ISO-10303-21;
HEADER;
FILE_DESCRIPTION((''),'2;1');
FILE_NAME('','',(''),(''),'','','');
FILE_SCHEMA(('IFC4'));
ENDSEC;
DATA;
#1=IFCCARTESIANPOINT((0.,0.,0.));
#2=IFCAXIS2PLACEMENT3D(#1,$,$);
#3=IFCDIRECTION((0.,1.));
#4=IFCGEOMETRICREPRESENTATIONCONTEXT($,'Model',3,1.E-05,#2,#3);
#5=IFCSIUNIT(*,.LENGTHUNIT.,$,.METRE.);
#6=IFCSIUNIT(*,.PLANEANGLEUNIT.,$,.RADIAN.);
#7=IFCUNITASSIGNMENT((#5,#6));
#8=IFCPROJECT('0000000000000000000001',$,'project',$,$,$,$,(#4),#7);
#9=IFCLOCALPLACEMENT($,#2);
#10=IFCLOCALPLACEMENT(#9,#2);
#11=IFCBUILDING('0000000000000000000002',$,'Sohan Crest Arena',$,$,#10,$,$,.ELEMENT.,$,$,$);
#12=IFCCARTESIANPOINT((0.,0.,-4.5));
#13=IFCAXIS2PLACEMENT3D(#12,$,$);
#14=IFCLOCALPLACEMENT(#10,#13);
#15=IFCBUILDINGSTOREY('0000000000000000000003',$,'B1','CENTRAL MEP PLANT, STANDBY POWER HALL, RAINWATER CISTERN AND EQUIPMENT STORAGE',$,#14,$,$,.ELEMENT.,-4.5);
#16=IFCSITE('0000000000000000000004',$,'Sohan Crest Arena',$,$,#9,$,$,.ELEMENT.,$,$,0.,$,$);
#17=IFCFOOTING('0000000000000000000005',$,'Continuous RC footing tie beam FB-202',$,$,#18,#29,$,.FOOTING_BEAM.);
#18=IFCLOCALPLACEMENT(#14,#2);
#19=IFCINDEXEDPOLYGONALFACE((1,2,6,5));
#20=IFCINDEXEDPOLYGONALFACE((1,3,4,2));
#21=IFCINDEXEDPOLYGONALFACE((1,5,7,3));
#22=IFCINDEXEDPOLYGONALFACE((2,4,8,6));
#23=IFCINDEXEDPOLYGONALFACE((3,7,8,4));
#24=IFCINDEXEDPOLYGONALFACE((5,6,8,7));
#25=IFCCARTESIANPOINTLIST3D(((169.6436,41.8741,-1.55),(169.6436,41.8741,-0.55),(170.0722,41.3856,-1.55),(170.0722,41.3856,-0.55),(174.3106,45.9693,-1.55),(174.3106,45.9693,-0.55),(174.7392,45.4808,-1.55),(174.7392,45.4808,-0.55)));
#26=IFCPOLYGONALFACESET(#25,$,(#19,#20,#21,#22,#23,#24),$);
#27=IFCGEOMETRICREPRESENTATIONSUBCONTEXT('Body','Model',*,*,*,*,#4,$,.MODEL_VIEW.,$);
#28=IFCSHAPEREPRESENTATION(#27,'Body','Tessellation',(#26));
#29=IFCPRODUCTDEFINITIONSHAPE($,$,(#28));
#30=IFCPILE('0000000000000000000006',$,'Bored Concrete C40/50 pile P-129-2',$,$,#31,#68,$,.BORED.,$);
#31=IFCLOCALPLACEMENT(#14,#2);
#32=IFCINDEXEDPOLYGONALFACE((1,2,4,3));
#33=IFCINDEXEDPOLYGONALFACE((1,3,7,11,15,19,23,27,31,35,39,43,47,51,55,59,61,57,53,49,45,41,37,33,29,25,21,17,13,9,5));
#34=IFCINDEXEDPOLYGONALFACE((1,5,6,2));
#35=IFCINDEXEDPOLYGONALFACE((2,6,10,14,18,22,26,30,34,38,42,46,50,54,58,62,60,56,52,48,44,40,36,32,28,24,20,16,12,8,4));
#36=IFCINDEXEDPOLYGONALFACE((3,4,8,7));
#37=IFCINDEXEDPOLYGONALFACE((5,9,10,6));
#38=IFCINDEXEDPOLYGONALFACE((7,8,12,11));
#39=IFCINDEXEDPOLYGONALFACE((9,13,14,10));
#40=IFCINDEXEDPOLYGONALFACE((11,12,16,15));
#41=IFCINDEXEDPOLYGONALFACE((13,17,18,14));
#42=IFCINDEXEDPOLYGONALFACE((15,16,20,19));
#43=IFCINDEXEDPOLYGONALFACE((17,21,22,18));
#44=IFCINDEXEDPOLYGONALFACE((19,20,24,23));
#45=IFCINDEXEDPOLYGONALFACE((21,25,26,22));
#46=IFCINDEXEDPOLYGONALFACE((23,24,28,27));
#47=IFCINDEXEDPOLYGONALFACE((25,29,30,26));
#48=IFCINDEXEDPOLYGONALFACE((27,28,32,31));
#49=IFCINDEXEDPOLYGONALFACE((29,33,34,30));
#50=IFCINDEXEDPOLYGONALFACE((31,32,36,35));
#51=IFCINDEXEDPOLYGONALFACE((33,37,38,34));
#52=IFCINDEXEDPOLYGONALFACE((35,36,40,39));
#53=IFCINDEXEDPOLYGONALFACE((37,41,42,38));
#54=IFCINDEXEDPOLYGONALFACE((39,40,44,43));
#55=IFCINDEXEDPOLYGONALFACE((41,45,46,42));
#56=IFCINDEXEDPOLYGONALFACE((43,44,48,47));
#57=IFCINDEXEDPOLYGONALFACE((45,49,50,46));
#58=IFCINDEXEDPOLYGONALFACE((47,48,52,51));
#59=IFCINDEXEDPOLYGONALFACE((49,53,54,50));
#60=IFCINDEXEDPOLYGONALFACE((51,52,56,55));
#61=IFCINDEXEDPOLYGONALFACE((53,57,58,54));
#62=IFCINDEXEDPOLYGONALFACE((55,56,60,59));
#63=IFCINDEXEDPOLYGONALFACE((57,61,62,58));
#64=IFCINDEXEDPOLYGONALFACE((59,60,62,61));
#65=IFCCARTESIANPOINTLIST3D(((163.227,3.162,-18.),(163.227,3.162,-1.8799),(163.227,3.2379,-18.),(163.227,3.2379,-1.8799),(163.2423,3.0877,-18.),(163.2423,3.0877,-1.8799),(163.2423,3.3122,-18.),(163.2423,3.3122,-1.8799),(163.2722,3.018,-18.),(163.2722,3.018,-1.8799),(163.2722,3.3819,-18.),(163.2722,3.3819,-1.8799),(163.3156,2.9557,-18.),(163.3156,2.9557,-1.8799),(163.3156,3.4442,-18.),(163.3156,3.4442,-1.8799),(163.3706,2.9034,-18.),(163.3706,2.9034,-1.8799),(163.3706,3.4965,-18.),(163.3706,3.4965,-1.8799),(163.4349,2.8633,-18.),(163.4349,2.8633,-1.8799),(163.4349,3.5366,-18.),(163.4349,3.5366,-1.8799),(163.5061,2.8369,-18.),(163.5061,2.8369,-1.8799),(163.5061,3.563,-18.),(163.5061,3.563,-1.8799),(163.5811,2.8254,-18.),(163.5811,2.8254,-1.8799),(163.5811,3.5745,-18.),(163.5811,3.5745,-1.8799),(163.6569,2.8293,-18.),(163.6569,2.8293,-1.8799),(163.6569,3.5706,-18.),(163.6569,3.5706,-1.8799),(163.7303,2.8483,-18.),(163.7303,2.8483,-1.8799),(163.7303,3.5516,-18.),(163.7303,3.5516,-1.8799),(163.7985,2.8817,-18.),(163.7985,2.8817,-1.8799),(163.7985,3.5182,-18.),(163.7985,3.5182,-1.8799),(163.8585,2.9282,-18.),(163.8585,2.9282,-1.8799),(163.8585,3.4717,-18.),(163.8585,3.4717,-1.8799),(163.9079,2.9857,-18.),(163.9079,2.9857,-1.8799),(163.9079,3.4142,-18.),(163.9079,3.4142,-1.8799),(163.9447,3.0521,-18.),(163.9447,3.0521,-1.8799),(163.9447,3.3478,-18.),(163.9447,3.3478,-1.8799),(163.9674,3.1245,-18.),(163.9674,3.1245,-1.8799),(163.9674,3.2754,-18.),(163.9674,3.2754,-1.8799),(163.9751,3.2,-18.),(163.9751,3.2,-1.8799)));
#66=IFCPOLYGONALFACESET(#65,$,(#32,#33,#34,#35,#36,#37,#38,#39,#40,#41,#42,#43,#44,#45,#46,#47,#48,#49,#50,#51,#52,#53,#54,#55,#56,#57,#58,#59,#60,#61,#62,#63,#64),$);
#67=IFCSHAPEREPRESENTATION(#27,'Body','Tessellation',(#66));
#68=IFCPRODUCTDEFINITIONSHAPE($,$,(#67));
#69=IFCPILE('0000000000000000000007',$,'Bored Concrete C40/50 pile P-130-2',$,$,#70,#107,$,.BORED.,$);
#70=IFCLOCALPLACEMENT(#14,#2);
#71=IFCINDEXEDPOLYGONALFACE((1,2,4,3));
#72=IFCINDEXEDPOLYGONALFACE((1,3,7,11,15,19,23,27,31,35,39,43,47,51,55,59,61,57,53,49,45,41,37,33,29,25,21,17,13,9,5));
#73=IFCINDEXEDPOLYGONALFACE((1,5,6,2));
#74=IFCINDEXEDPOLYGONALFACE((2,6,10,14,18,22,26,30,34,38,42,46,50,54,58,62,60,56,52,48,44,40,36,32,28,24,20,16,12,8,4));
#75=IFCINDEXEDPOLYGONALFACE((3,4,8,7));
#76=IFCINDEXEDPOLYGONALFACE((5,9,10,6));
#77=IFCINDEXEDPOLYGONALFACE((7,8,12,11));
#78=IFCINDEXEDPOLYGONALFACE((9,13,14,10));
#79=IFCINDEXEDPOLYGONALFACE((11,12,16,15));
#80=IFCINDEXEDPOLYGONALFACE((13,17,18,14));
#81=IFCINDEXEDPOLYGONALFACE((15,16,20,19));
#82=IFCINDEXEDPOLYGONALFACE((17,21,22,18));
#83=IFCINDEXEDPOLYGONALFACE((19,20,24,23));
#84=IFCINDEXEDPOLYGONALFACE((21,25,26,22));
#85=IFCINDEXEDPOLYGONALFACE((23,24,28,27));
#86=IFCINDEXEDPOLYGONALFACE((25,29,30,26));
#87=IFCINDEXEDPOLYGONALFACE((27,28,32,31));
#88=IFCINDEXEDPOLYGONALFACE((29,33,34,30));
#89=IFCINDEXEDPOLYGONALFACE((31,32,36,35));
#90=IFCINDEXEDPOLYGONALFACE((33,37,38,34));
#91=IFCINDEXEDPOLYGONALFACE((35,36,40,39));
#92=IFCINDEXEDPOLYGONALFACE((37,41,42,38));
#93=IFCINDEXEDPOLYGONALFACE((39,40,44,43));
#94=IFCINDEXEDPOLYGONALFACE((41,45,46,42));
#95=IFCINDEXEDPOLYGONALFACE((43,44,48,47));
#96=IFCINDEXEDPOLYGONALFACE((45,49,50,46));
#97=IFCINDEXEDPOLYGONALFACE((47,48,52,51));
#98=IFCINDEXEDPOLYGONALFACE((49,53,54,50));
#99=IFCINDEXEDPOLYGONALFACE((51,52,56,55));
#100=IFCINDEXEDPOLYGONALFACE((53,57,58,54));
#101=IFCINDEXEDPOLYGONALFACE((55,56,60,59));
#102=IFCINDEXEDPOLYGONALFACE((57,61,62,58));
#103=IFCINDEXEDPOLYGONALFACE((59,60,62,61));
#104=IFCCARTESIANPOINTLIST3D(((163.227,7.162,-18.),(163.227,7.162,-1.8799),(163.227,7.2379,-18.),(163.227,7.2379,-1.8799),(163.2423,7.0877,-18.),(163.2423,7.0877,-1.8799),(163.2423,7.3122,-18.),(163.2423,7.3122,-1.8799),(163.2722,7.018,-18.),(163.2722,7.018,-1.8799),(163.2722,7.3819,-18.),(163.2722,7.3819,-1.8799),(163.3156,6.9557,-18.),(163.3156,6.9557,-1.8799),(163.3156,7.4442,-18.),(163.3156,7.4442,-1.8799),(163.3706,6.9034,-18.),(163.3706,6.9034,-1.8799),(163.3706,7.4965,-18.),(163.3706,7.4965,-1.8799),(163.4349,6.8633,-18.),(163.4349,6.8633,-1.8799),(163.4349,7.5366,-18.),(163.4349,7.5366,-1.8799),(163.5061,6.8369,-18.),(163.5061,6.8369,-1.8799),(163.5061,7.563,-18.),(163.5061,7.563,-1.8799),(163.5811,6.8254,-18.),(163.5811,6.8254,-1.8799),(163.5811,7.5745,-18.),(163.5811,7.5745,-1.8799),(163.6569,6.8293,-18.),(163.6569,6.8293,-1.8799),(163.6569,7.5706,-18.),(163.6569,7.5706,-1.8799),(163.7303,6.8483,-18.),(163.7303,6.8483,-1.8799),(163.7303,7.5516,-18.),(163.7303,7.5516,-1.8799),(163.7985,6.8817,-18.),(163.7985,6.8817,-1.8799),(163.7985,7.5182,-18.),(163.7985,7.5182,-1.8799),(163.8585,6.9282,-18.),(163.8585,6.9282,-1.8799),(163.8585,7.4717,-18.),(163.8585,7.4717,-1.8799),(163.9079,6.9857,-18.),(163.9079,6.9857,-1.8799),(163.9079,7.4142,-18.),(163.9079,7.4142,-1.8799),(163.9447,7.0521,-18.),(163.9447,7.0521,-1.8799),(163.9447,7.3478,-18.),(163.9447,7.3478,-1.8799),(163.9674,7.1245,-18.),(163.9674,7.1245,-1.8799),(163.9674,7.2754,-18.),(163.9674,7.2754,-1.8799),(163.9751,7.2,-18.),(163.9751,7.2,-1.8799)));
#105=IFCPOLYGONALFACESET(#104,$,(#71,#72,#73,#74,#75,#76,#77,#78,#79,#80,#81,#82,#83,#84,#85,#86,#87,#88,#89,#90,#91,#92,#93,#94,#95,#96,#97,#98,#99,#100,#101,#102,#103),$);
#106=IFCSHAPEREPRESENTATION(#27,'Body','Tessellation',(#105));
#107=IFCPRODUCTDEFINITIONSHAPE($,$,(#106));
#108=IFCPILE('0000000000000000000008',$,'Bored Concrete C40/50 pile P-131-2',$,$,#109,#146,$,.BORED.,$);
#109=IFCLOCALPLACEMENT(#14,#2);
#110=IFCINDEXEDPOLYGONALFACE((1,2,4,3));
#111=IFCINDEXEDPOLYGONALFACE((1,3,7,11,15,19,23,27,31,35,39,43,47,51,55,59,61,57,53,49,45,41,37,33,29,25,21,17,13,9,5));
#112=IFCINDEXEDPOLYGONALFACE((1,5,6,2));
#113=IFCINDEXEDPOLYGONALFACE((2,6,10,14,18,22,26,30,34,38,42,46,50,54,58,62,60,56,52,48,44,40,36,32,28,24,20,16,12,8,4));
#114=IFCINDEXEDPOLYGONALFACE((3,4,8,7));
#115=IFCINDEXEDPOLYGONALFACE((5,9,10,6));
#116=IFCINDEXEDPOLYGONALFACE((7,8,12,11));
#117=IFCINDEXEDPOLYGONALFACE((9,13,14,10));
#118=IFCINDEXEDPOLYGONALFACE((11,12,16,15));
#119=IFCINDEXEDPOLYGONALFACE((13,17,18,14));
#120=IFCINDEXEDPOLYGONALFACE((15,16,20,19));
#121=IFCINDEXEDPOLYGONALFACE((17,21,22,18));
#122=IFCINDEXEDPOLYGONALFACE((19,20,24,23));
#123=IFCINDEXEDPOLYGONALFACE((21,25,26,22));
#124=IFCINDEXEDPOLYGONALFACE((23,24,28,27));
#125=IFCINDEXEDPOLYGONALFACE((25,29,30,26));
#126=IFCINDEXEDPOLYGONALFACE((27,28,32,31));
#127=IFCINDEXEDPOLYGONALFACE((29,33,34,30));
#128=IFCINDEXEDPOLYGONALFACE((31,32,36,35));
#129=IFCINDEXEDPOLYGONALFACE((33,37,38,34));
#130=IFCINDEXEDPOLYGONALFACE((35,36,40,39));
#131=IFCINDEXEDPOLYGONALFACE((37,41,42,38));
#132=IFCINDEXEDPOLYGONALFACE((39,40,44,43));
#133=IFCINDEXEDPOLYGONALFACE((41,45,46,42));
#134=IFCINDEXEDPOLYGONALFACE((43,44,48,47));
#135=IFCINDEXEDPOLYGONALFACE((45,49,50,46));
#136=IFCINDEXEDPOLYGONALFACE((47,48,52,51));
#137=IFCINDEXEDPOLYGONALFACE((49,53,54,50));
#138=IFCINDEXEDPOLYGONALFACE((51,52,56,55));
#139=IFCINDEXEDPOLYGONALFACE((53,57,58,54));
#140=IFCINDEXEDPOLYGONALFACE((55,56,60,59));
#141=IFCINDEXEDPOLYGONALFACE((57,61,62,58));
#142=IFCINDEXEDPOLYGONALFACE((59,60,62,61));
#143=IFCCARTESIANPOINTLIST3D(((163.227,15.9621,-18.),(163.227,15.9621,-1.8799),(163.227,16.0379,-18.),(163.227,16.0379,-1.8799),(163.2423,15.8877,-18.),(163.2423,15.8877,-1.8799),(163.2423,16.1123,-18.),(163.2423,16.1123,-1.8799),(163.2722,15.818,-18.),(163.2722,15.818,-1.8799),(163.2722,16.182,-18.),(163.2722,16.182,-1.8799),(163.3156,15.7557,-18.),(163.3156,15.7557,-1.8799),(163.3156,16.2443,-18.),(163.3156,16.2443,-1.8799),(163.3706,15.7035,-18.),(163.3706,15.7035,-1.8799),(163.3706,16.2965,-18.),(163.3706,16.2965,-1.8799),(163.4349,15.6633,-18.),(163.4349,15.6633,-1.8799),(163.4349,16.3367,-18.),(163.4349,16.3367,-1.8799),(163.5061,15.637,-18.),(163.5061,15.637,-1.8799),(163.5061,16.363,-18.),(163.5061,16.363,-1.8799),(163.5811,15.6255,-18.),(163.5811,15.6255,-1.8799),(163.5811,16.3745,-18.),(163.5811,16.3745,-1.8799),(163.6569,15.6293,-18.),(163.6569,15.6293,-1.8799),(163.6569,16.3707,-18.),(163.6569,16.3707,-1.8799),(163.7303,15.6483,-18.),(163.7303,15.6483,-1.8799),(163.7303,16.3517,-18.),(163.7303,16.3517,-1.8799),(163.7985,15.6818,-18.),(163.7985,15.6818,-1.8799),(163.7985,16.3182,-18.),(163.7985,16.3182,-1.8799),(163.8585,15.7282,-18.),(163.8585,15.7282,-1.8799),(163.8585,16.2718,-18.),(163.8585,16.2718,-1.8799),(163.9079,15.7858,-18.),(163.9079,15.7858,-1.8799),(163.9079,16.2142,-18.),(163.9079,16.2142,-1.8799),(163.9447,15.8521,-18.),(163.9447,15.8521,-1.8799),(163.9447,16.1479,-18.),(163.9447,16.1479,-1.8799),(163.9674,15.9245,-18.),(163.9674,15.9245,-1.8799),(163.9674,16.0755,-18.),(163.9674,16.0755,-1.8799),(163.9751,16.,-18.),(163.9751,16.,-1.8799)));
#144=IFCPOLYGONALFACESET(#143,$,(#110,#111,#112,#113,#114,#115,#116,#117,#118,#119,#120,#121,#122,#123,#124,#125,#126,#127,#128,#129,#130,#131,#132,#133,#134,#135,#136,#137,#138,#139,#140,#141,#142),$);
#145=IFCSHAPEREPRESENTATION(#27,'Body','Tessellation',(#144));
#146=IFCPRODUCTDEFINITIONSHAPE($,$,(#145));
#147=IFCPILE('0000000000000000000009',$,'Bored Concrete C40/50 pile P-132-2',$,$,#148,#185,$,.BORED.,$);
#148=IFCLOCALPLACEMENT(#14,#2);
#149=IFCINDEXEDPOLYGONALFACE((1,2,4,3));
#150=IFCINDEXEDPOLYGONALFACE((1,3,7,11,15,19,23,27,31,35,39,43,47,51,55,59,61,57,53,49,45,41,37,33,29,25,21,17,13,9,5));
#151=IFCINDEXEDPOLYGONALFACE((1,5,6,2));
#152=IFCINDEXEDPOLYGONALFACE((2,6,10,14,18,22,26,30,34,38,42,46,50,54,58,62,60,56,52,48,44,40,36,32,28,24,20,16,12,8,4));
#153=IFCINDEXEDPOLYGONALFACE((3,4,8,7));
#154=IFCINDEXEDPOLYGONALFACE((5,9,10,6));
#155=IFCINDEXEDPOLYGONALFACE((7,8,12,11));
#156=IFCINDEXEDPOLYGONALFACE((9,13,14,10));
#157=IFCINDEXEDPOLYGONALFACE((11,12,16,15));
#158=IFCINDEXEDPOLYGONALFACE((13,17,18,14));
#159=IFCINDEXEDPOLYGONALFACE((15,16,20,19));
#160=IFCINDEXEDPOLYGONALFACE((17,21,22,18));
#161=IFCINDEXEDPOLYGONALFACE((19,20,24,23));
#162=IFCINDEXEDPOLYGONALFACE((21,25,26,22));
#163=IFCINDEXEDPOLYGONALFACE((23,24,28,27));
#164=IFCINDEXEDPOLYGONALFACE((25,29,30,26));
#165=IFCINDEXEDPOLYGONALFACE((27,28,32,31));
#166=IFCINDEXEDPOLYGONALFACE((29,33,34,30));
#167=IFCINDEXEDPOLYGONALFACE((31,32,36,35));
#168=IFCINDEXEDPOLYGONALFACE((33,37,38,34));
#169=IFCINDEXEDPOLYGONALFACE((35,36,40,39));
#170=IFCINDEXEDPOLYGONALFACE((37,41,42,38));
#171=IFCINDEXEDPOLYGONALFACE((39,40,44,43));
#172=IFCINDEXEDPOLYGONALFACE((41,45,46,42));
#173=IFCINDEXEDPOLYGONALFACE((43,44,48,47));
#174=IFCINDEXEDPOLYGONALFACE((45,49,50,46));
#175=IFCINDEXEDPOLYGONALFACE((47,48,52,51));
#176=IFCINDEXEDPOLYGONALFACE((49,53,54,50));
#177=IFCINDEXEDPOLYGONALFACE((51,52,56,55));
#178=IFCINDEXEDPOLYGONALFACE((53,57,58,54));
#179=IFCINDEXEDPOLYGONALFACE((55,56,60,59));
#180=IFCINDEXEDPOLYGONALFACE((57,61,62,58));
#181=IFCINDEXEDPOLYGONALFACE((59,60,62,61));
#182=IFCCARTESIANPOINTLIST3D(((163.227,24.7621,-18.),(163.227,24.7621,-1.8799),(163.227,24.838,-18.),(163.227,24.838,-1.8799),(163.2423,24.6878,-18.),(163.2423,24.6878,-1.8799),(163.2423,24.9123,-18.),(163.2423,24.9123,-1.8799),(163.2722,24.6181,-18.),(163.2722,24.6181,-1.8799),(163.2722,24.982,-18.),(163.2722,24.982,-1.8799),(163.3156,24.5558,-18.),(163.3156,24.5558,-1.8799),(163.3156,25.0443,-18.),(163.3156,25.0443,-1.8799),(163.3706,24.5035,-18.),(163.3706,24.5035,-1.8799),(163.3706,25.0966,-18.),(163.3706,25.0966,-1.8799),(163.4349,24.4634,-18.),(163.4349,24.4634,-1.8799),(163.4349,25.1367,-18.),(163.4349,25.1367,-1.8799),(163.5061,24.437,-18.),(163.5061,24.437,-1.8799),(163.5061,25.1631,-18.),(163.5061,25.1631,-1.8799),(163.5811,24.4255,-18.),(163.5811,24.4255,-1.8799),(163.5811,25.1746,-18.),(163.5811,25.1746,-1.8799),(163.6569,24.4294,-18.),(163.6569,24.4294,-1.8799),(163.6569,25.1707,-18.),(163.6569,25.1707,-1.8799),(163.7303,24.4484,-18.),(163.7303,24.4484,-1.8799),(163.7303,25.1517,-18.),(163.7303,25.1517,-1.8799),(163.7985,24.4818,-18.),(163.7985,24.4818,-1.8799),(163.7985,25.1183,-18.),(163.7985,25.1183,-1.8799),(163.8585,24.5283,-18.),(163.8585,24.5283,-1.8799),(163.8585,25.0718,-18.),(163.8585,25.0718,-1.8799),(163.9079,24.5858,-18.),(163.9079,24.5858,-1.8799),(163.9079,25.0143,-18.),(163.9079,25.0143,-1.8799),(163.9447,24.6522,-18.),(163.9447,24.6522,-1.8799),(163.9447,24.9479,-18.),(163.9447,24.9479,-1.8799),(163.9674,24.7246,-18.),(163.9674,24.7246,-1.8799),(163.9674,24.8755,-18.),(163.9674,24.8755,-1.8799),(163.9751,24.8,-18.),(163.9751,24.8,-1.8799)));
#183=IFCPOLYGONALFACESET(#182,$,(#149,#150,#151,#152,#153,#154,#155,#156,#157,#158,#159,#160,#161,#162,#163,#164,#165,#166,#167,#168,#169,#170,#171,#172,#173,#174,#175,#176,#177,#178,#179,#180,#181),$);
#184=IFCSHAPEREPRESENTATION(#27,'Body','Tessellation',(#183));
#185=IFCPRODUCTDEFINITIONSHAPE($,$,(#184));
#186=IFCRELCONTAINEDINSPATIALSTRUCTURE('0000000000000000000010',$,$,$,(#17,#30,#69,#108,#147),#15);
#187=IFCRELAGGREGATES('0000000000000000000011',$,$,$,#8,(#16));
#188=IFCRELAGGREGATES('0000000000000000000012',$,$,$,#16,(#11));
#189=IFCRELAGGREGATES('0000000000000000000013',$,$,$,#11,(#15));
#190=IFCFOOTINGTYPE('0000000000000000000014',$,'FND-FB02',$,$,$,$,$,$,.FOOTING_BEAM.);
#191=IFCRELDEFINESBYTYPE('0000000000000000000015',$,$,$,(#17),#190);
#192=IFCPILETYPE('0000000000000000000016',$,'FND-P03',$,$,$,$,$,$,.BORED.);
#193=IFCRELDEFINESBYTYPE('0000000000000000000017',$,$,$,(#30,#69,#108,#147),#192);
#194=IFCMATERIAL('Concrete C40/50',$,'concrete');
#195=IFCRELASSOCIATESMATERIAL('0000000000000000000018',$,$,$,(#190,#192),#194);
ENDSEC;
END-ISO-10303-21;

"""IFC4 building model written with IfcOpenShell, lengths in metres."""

from ifc_helpers import new_model, si_unit, direction, frame, origin, origin_2d, place, context, subcontext, project, spatial, rectangle, circle, extrude, material, material_profile, profile_set, type_object, element, save


model = new_model("IFC4")

# Units and contexts
model_context = context("Model", 3, precision=1e-05, world=origin(), true_north=direction((0.0, 1.0)))
body_context = subcontext(model_context, "Body", "Model", "MODEL_VIEW")
ifc_project = project(units=[si_unit("LENGTHUNIT", "METRE"), si_unit("PLANEANGLEUNIT", "RADIAN")], contexts=[model_context])

# Site, building, storey
site_placement = place(None, origin())
site = spatial("IfcSite", under=ifc_project, at=site_placement, Name="Sohan Crest Arena", CompositionType="ELEMENT", RefElevation=0.0)
building_placement = place(site_placement, origin())
building = spatial("IfcBuilding", under=site, at=building_placement, Name="Sohan Crest Arena", CompositionType="ELEMENT")
storey_placement = place(building_placement, frame((0.0, 0.0, -4.5)))
storey = spatial("IfcBuildingStorey", under=building, at=storey_placement, Name="B1", Description="CENTRAL MEP PLANT, STANDBY POWER HALL, RAINWATER CISTERN AND EQUIPMENT STORAGE", CompositionType="ELEMENT", Elevation=-4.5)

# Footing
ifc_material_1 = material(Name="Concrete C40/50", Category="concrete")
ifc_material_profile_1 = material_profile(ifc_material_1, rectangle(XDim=0.6499, YDim=1.0, at=origin_2d()), Name="RC-FB 650x1000")
ifc_profile_set_1 = profile_set([ifc_material_profile_1], Name="Concrete C40/50")
footing_type_1 = type_object("IfcFootingType", Name="FND-FB02", PredefinedType="FOOTING_BEAM", material=ifc_profile_set_1)
footing_placement = place(storey_placement, frame((169.8579, 41.6299, -1.05), z_axis=(0.75165, 0.659562, 0.0), x_axis=(-0.659562, 0.75165, 0.0)))
element("IfcFooting", 1, at=footing_placement, inside=storey, type_object=footing_type_1, Name="Continuous RC footing tie beam FB-202", PredefinedType="FOOTING_BEAM", context=body_context, shape_type="SweptSolid", body=[
    extrude(rectangle(XDim=0.6499, YDim=1.0, at=origin_2d()), origin(), (0.0, 0.0, 1.0), 6.209),
])

# Piles
ifc_material_profile_2 = material_profile(ifc_material_1, circle(Radius=0.375, at=origin_2d()), Name="PILE D750")
ifc_profile_set_2 = profile_set([ifc_material_profile_2], Name="Concrete C40/50")
pile_type = type_object("IfcPileType", Name="FND-P03", PredefinedType="BORED", material=ifc_profile_set_2)
for number, where, z_axis, x_axis, name in (
    (2, (163.6001, 3.2, -18.0), (0.0, 0.0, 1.0), (1.0, 0.0, 0.0), "Bored Concrete C40/50 pile P-129-2"),
    (3, (163.6001, 7.2, -18.0), (0.0, 0.0, 1.0), (1.0, 0.0, 0.0), "Bored Concrete C40/50 pile P-130-2"),
    (4, (163.6001, 16.0, -18.0), (0.0, 0.0, 1.0), (1.0, 0.0, 0.0), "Bored Concrete C40/50 pile P-131-2"),
    (5, (163.6001, 24.8, -18.0), (0.0, 0.0, 1.0), (1.0, 0.0, 0.0), "Bored Concrete C40/50 pile P-132-2"),
):
    element("IfcPile", number, at=place(storey_placement, frame(where, z_axis=z_axis, x_axis=x_axis)), inside=storey, type_object=pile_type, Name=name, PredefinedType="BORED", context=body_context, shape_type="SweptSolid", body=[
        extrude(circle(Radius=0.375, at=origin_2d()), origin(), (0.0, 0.0, 1.0), 16.1201),
    ])

save(model, "model.ifc")
